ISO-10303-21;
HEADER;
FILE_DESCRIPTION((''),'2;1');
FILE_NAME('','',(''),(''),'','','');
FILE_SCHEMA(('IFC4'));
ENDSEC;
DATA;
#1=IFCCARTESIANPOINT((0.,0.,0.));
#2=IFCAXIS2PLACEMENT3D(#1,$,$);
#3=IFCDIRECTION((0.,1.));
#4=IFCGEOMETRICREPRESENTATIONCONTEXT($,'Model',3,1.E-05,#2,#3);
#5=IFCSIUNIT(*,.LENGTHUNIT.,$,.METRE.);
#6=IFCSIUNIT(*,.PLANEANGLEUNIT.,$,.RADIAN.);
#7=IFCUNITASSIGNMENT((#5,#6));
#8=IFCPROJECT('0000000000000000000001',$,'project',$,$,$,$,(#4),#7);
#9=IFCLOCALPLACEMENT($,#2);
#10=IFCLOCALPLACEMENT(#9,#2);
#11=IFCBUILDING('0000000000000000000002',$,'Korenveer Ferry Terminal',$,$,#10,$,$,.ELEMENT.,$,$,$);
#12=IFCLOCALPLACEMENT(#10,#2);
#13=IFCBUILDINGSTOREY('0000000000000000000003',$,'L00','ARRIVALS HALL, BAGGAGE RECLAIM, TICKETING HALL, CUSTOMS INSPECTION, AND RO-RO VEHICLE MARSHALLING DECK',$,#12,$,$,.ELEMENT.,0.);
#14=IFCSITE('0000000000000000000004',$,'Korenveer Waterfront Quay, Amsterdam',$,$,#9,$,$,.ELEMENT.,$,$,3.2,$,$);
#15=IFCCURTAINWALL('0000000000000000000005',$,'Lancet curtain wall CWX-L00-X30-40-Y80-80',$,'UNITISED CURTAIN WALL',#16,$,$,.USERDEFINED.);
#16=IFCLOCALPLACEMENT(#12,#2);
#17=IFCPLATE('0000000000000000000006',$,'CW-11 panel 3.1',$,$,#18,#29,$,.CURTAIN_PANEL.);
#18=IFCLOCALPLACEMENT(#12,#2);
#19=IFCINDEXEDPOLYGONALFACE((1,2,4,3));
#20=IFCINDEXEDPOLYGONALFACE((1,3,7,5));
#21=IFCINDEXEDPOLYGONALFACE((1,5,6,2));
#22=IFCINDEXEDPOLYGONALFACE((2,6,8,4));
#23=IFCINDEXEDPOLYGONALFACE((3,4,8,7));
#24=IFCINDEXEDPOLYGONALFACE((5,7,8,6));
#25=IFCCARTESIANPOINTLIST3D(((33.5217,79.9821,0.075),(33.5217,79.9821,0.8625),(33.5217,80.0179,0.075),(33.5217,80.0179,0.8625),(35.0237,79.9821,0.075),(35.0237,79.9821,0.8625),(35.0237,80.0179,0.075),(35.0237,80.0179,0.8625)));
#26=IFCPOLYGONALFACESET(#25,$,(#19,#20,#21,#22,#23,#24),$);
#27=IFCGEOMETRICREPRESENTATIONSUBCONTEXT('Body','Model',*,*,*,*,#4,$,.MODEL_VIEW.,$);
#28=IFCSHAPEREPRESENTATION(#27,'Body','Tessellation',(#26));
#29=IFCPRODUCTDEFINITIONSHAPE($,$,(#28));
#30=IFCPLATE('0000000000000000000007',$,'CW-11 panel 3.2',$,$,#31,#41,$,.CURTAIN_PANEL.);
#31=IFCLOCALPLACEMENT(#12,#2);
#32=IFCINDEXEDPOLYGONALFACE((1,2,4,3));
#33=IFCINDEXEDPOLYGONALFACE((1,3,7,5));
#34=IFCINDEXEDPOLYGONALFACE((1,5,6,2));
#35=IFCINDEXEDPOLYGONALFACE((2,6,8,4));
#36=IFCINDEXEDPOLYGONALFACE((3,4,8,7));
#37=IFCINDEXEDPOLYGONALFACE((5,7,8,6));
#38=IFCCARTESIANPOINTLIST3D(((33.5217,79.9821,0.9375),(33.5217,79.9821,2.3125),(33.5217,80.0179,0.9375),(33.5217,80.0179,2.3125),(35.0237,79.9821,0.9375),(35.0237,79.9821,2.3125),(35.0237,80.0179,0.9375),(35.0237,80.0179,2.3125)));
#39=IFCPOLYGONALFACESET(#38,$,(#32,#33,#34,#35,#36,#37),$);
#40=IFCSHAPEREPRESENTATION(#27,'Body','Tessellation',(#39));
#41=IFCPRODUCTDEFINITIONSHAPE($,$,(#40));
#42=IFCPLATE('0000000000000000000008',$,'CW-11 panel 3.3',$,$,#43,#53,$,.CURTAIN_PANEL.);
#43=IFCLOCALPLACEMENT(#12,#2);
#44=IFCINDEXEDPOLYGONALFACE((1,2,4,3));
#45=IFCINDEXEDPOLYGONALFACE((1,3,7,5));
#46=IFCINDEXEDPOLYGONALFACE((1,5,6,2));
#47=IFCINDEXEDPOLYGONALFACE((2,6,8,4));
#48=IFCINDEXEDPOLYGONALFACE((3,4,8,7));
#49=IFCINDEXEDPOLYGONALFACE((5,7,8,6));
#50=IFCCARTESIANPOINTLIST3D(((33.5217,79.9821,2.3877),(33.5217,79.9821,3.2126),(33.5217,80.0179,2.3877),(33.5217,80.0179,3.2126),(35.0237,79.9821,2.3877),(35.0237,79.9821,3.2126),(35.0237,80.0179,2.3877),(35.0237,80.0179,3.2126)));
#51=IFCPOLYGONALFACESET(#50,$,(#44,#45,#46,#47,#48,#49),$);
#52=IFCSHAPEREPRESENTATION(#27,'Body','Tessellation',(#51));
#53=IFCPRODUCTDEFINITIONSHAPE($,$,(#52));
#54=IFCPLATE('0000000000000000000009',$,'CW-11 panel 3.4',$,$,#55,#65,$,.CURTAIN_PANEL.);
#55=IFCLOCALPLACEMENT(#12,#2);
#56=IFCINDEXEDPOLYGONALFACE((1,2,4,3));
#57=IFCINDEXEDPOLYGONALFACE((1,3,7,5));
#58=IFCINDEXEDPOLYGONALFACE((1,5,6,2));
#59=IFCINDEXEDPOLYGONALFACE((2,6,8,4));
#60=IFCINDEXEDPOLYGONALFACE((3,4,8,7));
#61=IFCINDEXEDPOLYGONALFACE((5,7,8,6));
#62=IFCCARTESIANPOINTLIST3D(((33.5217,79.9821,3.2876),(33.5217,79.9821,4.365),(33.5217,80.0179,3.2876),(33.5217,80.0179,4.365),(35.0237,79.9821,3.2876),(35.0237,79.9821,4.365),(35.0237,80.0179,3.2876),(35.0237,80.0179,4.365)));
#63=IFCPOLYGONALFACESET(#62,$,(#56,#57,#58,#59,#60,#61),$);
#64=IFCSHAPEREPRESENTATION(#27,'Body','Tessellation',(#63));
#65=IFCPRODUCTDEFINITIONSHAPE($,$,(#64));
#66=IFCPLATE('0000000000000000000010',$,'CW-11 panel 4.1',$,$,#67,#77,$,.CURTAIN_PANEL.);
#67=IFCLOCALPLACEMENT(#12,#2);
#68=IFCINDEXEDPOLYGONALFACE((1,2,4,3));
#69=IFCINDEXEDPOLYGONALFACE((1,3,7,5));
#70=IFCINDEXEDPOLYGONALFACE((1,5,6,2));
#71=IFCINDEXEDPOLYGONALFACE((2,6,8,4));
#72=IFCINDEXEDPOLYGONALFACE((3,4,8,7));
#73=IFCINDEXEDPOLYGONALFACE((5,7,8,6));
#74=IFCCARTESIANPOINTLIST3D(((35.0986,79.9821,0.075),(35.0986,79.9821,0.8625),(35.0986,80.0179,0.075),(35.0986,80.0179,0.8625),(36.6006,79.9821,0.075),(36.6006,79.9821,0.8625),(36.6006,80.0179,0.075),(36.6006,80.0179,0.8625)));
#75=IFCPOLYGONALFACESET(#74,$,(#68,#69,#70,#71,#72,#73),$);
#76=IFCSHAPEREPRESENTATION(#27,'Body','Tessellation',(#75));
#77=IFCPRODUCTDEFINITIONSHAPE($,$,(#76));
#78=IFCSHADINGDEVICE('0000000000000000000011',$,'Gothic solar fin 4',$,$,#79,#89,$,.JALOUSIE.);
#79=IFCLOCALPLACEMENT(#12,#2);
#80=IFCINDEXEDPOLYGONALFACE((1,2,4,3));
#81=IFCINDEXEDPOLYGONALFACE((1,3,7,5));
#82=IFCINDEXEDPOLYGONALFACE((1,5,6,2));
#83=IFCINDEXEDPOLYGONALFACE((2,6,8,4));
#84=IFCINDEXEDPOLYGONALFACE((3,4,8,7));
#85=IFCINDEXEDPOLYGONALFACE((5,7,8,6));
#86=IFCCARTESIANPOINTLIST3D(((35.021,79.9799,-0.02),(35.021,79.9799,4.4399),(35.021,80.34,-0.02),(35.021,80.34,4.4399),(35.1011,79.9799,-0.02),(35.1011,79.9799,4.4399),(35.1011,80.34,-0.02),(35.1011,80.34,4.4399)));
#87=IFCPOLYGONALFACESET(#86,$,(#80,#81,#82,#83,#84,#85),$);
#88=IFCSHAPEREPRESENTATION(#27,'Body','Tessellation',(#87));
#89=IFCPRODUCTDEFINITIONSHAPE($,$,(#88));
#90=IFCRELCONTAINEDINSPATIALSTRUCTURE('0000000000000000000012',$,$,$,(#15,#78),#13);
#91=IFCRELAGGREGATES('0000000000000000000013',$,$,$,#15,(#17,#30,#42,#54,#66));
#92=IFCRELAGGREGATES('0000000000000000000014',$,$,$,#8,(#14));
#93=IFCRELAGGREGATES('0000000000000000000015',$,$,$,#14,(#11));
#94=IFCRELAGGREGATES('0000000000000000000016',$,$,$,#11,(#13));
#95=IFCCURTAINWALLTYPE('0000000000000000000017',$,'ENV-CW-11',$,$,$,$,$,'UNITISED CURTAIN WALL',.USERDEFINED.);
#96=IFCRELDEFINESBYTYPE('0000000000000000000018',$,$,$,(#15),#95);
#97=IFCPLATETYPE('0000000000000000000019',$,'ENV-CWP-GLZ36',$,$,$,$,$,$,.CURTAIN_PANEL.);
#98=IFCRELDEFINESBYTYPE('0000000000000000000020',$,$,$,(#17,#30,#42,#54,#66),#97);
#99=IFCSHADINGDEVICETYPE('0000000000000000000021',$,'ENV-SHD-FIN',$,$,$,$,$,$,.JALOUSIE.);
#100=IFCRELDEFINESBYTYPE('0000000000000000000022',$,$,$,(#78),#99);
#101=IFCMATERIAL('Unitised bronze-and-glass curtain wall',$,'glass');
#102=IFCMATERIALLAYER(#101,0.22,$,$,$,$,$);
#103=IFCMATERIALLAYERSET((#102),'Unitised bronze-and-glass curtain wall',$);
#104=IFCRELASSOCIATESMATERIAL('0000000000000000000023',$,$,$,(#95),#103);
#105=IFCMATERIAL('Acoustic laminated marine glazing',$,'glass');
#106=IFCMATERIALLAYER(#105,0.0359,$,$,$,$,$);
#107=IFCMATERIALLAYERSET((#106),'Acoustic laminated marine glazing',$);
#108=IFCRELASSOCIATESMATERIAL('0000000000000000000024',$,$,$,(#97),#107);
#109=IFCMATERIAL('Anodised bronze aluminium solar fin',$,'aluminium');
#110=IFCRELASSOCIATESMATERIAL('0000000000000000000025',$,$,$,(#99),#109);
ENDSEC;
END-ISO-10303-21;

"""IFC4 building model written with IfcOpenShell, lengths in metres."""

from ifc_helpers import new_model, si_unit, direction, frame, origin, origin_2d, place, context, subcontext, project, spatial, rectangle, extrude, material, layer, layer_set, type_object, element, aggregate, save


model = new_model("IFC4")

# Units and contexts
model_context = context("Model", 3, precision=1e-05, world=origin(), true_north=direction((0.0, 1.0)))
body_context = subcontext(model_context, "Body", "Model", "MODEL_VIEW")
ifc_project = project(units=[si_unit("LENGTHUNIT", "METRE"), si_unit("PLANEANGLEUNIT", "RADIAN")], contexts=[model_context])

# Site, building, storey
site_placement = place(None, origin())
site = spatial("IfcSite", under=ifc_project, at=site_placement, Name="Korenveer Waterfront Quay, Amsterdam", CompositionType="ELEMENT", RefElevation=3.2)
building_placement = place(site_placement, origin())
building = spatial("IfcBuilding", under=site, at=building_placement, Name="Korenveer Ferry Terminal", CompositionType="ELEMENT")
storey_placement = place(building_placement, origin())
storey = spatial("IfcBuildingStorey", under=building, at=storey_placement, Name="L00", Description="ARRIVALS HALL, BAGGAGE RECLAIM, TICKETING HALL, CUSTOMS INSPECTION, AND RO-RO VEHICLE MARSHALLING DECK", CompositionType="ELEMENT", Elevation=0.0)

# Curtain wall, plates
ifc_material_1 = material(Name="Unitised bronze-and-glass curtain wall", Category="glass")
ifc_layer_1 = layer(ifc_material_1, 0.22)
ifc_layer_set_1 = layer_set([ifc_layer_1], Name="Unitised bronze-and-glass curtain wall")
curtain_wall_type = type_object("IfcCurtainWallType", Name="ENV-CW-11", ElementType="UNITISED CURTAIN WALL", PredefinedType="USERDEFINED", material=ifc_layer_set_1)
curtain_wall_placement = place(storey_placement, frame((30.3301, 80.0, 0.0)))
curtain_wall = element("IfcCurtainWall", 1, at=curtain_wall_placement, inside=storey, type_object=curtain_wall_type, Name="Lancet curtain wall CWX-L00-X30-40-Y80-80", ObjectType="UNITISED CURTAIN WALL", PredefinedType="USERDEFINED")
ifc_material_2 = material(Name="Acoustic laminated marine glazing", Category="glass")
ifc_layer_2 = layer(ifc_material_2, 0.0359)
ifc_layer_set_2 = layer_set([ifc_layer_2], Name="Acoustic laminated marine glazing")
plate_type = type_object("IfcPlateType", Name="ENV-CWP-GLZ36", PredefinedType="CURTAIN_PANEL", material=ifc_layer_set_2)
plate_1_placement = place(storey_placement, frame((34.2727, 80.0, 0.075), z_axis=(0.0, 0.0, 1.0), x_axis=(1.0, 0.0, 0.0)))
plate_1 = element("IfcPlate", 2, at=plate_1_placement, type_object=plate_type, Name="CW-11 panel 3.1", PredefinedType="CURTAIN_PANEL", context=body_context, shape_type="SweptSolid", body=[
    extrude(rectangle(XDim=1.502, YDim=0.0359, at=origin_2d()), origin(), (0.0, 0.0, 1.0), 0.7876),
])
plate_2_placement = place(storey_placement, frame((34.2727, 80.0, 0.9375), z_axis=(0.0, 0.0, 1.0), x_axis=(1.0, 0.0, 0.0)))
plate_2 = element("IfcPlate", 3, at=plate_2_placement, type_object=plate_type, Name="CW-11 panel 3.2", PredefinedType="CURTAIN_PANEL", context=body_context, shape_type="SweptSolid", body=[
    extrude(rectangle(XDim=1.502, YDim=0.0359, at=origin_2d()), origin(), (0.0, 0.0, 1.0), 1.375),
])
plate_3_placement = place(storey_placement, frame((34.2727, 80.0, 2.3877), z_axis=(0.0, 0.0, 1.0), x_axis=(1.0, 0.0, 0.0)))
plate_3 = element("IfcPlate", 4, at=plate_3_placement, type_object=plate_type, Name="CW-11 panel 3.3", PredefinedType="CURTAIN_PANEL", context=body_context, shape_type="SweptSolid", body=[
    extrude(rectangle(XDim=1.502, YDim=0.0359, at=origin_2d()), origin(), (0.0, 0.0, 1.0), 0.825),
])
plate_4_placement = place(storey_placement, frame((34.2727, 80.0, 3.2876), z_axis=(0.0, 0.0, 1.0), x_axis=(1.0, 0.0, 0.0)))
plate_4 = element("IfcPlate", 5, at=plate_4_placement, type_object=plate_type, Name="CW-11 panel 3.4", PredefinedType="CURTAIN_PANEL", context=body_context, shape_type="SweptSolid", body=[
    extrude(rectangle(XDim=1.502, YDim=0.0359, at=origin_2d()), origin(), (0.0, 0.0, 1.0), 1.0774),
])
plate_5_placement = place(storey_placement, frame((35.8496, 80.0, 0.075), z_axis=(0.0, 0.0, 1.0), x_axis=(1.0, 0.0, 0.0)))
plate_5 = element("IfcPlate", 6, at=plate_5_placement, type_object=plate_type, Name="CW-11 panel 4.1", PredefinedType="CURTAIN_PANEL", context=body_context, shape_type="SweptSolid", body=[
    extrude(rectangle(XDim=1.502, YDim=0.0359, at=origin_2d()), origin(), (0.0, 0.0, 1.0), 0.7876),
])
aggregate(curtain_wall, [plate_1, plate_2, plate_3, plate_4, plate_5])

# Shading device
ifc_material_3 = material(Name="Anodised bronze aluminium solar fin", Category="aluminium")
shading_device_type = type_object("IfcShadingDeviceType", Name="ENV-SHD-FIN", PredefinedType="JALOUSIE", material=ifc_material_3)
shading_device_placement = place(storey_placement, frame((35.061, 80.1599, -0.02), z_axis=(0.0, 0.0, 1.0), x_axis=(0.0, 1.0, 0.0)))
element("IfcShadingDevice", 7, at=shading_device_placement, inside=storey, type_object=shading_device_type, Name="Gothic solar fin 4", PredefinedType="JALOUSIE", context=body_context, shape_type="SweptSolid", body=[
    extrude(rectangle(XDim=0.3601, YDim=0.0801, at=origin_2d()), origin(), (0.0, 0.0, 1.0), 4.46),
])

save(model, "model.ifc")
